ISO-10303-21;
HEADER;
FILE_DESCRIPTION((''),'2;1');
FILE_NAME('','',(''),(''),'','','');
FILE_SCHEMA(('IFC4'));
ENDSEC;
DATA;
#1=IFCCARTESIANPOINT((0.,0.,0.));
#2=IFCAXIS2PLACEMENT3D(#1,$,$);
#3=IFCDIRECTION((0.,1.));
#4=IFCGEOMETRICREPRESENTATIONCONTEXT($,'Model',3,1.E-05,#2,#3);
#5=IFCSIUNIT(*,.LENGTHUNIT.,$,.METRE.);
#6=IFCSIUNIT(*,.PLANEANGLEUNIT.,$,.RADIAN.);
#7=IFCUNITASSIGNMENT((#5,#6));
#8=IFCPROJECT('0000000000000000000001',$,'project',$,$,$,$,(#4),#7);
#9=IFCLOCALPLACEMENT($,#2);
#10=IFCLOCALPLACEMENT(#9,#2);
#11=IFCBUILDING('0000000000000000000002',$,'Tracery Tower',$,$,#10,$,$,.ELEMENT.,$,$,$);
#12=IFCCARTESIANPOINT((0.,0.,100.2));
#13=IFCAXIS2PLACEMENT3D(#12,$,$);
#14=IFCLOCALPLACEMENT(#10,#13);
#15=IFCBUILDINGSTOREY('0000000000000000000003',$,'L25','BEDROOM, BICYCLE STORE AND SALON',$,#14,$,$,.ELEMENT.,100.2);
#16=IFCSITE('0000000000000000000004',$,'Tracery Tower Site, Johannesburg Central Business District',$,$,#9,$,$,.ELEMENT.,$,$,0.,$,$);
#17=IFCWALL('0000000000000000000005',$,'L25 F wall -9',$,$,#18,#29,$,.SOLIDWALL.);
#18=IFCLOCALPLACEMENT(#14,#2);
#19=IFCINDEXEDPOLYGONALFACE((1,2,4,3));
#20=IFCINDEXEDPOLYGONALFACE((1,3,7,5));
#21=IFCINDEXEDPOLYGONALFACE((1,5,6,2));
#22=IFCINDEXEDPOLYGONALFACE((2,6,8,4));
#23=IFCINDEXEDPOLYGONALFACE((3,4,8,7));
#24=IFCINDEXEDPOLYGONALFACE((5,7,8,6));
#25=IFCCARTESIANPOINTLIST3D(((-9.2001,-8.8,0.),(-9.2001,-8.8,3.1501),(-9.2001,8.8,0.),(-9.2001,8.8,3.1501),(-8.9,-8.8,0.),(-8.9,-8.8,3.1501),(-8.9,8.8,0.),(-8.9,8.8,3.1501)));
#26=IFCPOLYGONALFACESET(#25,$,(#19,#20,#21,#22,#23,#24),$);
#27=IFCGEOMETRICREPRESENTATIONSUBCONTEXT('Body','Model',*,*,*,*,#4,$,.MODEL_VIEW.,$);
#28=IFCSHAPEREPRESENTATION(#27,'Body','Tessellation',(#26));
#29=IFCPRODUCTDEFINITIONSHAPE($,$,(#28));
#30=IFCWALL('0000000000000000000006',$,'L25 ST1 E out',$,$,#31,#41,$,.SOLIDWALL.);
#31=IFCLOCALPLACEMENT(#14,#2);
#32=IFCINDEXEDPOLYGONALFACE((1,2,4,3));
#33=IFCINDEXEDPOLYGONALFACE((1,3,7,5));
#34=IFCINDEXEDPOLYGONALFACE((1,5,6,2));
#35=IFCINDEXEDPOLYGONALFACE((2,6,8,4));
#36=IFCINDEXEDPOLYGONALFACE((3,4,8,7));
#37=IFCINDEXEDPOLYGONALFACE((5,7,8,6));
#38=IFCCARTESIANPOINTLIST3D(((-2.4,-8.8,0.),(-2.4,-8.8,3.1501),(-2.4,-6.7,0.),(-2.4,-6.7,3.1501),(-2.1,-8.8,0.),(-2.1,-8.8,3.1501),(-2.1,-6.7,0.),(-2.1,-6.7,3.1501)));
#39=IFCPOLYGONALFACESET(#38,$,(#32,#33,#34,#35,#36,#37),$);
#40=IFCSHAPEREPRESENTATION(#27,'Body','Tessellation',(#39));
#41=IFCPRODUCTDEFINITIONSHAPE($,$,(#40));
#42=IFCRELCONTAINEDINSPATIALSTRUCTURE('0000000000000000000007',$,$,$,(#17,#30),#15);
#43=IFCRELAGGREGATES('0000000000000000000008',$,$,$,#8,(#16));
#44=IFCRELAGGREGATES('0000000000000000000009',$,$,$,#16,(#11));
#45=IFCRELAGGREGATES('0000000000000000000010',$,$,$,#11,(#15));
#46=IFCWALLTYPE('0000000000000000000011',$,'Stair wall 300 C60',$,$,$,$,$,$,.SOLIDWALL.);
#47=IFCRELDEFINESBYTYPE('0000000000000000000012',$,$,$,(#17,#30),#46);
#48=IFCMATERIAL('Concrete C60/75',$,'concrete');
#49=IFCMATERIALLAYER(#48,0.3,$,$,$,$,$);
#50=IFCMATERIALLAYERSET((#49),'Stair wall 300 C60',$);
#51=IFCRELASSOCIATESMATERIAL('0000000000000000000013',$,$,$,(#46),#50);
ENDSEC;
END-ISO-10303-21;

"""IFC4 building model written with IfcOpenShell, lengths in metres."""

from ifc_helpers import new_model, si_unit, direction, frame, frame_2d, origin, place, context, subcontext, project, spatial, rectangle, extrude, material, layer, layer_set, type_object, element, save


model = new_model("IFC4")

# Units and contexts
model_context = context("Model", 3, precision=1e-05, world=origin(), true_north=direction((0.0, 1.0)))
body_context = subcontext(model_context, "Body", "Model", "MODEL_VIEW")
ifc_project = project(units=[si_unit("LENGTHUNIT", "METRE"), si_unit("PLANEANGLEUNIT", "RADIAN")], contexts=[model_context])

# Site, building, storey
site_placement = place(None, origin())
site = spatial("IfcSite", under=ifc_project, at=site_placement, Name="Tracery Tower Site, Johannesburg Central Business District", CompositionType="ELEMENT", RefElevation=0.0)
building_placement = place(site_placement, origin())
building = spatial("IfcBuilding", under=site, at=building_placement, Name="Tracery Tower", CompositionType="ELEMENT")
storey_placement = place(building_placement, frame((0.0, 0.0, 100.2)))
storey = spatial("IfcBuildingStorey", under=building, at=storey_placement, Name="L25", Description="BEDROOM, BICYCLE STORE AND SALON", CompositionType="ELEMENT", Elevation=100.2)

# Wall
ifc_material_1 = material(Name="Concrete C60/75", Category="concrete")
ifc_layer_1 = layer(ifc_material_1, 0.3)
ifc_layer_set_1 = layer_set([ifc_layer_1], Name="Stair wall 300 C60")
wall_type_1 = type_object("IfcWallType", Name="Stair wall 300 C60", PredefinedType="SOLIDWALL", material=ifc_layer_set_1)
wall_1_placement = place(storey_placement, frame((-9.05, -8.8, 0.0), z_axis=(0.0, 0.0, 1.0), x_axis=(0.0, 1.0, 0.0)))
element("IfcWall", 1, at=wall_1_placement, inside=storey, type_object=wall_type_1, Name="L25 F wall -9", PredefinedType="SOLIDWALL", context=body_context, shape_type="SweptSolid", body=[
    extrude(rectangle(XDim=17.6001, YDim=0.3, at=frame_2d((8.8, 0.0))), origin(), (0.0, 0.0, 1.0), 3.1501),
])

# Wall
wall_2_placement = place(storey_placement, frame((-2.25, -8.8, 0.0), z_axis=(0.0, 0.0, 1.0), x_axis=(0.0, 1.0, 0.0)))
element("IfcWall", 2, at=wall_2_placement, inside=storey, type_object=wall_type_1, Name="L25 ST1 E out", PredefinedType="SOLIDWALL", context=body_context, shape_type="SweptSolid", body=[
    extrude(rectangle(XDim=2.1001, YDim=0.3, at=frame_2d((1.05, 0.0))), origin(), (0.0, 0.0, 1.0), 3.1501),
])

save(model, "model.ifc")
